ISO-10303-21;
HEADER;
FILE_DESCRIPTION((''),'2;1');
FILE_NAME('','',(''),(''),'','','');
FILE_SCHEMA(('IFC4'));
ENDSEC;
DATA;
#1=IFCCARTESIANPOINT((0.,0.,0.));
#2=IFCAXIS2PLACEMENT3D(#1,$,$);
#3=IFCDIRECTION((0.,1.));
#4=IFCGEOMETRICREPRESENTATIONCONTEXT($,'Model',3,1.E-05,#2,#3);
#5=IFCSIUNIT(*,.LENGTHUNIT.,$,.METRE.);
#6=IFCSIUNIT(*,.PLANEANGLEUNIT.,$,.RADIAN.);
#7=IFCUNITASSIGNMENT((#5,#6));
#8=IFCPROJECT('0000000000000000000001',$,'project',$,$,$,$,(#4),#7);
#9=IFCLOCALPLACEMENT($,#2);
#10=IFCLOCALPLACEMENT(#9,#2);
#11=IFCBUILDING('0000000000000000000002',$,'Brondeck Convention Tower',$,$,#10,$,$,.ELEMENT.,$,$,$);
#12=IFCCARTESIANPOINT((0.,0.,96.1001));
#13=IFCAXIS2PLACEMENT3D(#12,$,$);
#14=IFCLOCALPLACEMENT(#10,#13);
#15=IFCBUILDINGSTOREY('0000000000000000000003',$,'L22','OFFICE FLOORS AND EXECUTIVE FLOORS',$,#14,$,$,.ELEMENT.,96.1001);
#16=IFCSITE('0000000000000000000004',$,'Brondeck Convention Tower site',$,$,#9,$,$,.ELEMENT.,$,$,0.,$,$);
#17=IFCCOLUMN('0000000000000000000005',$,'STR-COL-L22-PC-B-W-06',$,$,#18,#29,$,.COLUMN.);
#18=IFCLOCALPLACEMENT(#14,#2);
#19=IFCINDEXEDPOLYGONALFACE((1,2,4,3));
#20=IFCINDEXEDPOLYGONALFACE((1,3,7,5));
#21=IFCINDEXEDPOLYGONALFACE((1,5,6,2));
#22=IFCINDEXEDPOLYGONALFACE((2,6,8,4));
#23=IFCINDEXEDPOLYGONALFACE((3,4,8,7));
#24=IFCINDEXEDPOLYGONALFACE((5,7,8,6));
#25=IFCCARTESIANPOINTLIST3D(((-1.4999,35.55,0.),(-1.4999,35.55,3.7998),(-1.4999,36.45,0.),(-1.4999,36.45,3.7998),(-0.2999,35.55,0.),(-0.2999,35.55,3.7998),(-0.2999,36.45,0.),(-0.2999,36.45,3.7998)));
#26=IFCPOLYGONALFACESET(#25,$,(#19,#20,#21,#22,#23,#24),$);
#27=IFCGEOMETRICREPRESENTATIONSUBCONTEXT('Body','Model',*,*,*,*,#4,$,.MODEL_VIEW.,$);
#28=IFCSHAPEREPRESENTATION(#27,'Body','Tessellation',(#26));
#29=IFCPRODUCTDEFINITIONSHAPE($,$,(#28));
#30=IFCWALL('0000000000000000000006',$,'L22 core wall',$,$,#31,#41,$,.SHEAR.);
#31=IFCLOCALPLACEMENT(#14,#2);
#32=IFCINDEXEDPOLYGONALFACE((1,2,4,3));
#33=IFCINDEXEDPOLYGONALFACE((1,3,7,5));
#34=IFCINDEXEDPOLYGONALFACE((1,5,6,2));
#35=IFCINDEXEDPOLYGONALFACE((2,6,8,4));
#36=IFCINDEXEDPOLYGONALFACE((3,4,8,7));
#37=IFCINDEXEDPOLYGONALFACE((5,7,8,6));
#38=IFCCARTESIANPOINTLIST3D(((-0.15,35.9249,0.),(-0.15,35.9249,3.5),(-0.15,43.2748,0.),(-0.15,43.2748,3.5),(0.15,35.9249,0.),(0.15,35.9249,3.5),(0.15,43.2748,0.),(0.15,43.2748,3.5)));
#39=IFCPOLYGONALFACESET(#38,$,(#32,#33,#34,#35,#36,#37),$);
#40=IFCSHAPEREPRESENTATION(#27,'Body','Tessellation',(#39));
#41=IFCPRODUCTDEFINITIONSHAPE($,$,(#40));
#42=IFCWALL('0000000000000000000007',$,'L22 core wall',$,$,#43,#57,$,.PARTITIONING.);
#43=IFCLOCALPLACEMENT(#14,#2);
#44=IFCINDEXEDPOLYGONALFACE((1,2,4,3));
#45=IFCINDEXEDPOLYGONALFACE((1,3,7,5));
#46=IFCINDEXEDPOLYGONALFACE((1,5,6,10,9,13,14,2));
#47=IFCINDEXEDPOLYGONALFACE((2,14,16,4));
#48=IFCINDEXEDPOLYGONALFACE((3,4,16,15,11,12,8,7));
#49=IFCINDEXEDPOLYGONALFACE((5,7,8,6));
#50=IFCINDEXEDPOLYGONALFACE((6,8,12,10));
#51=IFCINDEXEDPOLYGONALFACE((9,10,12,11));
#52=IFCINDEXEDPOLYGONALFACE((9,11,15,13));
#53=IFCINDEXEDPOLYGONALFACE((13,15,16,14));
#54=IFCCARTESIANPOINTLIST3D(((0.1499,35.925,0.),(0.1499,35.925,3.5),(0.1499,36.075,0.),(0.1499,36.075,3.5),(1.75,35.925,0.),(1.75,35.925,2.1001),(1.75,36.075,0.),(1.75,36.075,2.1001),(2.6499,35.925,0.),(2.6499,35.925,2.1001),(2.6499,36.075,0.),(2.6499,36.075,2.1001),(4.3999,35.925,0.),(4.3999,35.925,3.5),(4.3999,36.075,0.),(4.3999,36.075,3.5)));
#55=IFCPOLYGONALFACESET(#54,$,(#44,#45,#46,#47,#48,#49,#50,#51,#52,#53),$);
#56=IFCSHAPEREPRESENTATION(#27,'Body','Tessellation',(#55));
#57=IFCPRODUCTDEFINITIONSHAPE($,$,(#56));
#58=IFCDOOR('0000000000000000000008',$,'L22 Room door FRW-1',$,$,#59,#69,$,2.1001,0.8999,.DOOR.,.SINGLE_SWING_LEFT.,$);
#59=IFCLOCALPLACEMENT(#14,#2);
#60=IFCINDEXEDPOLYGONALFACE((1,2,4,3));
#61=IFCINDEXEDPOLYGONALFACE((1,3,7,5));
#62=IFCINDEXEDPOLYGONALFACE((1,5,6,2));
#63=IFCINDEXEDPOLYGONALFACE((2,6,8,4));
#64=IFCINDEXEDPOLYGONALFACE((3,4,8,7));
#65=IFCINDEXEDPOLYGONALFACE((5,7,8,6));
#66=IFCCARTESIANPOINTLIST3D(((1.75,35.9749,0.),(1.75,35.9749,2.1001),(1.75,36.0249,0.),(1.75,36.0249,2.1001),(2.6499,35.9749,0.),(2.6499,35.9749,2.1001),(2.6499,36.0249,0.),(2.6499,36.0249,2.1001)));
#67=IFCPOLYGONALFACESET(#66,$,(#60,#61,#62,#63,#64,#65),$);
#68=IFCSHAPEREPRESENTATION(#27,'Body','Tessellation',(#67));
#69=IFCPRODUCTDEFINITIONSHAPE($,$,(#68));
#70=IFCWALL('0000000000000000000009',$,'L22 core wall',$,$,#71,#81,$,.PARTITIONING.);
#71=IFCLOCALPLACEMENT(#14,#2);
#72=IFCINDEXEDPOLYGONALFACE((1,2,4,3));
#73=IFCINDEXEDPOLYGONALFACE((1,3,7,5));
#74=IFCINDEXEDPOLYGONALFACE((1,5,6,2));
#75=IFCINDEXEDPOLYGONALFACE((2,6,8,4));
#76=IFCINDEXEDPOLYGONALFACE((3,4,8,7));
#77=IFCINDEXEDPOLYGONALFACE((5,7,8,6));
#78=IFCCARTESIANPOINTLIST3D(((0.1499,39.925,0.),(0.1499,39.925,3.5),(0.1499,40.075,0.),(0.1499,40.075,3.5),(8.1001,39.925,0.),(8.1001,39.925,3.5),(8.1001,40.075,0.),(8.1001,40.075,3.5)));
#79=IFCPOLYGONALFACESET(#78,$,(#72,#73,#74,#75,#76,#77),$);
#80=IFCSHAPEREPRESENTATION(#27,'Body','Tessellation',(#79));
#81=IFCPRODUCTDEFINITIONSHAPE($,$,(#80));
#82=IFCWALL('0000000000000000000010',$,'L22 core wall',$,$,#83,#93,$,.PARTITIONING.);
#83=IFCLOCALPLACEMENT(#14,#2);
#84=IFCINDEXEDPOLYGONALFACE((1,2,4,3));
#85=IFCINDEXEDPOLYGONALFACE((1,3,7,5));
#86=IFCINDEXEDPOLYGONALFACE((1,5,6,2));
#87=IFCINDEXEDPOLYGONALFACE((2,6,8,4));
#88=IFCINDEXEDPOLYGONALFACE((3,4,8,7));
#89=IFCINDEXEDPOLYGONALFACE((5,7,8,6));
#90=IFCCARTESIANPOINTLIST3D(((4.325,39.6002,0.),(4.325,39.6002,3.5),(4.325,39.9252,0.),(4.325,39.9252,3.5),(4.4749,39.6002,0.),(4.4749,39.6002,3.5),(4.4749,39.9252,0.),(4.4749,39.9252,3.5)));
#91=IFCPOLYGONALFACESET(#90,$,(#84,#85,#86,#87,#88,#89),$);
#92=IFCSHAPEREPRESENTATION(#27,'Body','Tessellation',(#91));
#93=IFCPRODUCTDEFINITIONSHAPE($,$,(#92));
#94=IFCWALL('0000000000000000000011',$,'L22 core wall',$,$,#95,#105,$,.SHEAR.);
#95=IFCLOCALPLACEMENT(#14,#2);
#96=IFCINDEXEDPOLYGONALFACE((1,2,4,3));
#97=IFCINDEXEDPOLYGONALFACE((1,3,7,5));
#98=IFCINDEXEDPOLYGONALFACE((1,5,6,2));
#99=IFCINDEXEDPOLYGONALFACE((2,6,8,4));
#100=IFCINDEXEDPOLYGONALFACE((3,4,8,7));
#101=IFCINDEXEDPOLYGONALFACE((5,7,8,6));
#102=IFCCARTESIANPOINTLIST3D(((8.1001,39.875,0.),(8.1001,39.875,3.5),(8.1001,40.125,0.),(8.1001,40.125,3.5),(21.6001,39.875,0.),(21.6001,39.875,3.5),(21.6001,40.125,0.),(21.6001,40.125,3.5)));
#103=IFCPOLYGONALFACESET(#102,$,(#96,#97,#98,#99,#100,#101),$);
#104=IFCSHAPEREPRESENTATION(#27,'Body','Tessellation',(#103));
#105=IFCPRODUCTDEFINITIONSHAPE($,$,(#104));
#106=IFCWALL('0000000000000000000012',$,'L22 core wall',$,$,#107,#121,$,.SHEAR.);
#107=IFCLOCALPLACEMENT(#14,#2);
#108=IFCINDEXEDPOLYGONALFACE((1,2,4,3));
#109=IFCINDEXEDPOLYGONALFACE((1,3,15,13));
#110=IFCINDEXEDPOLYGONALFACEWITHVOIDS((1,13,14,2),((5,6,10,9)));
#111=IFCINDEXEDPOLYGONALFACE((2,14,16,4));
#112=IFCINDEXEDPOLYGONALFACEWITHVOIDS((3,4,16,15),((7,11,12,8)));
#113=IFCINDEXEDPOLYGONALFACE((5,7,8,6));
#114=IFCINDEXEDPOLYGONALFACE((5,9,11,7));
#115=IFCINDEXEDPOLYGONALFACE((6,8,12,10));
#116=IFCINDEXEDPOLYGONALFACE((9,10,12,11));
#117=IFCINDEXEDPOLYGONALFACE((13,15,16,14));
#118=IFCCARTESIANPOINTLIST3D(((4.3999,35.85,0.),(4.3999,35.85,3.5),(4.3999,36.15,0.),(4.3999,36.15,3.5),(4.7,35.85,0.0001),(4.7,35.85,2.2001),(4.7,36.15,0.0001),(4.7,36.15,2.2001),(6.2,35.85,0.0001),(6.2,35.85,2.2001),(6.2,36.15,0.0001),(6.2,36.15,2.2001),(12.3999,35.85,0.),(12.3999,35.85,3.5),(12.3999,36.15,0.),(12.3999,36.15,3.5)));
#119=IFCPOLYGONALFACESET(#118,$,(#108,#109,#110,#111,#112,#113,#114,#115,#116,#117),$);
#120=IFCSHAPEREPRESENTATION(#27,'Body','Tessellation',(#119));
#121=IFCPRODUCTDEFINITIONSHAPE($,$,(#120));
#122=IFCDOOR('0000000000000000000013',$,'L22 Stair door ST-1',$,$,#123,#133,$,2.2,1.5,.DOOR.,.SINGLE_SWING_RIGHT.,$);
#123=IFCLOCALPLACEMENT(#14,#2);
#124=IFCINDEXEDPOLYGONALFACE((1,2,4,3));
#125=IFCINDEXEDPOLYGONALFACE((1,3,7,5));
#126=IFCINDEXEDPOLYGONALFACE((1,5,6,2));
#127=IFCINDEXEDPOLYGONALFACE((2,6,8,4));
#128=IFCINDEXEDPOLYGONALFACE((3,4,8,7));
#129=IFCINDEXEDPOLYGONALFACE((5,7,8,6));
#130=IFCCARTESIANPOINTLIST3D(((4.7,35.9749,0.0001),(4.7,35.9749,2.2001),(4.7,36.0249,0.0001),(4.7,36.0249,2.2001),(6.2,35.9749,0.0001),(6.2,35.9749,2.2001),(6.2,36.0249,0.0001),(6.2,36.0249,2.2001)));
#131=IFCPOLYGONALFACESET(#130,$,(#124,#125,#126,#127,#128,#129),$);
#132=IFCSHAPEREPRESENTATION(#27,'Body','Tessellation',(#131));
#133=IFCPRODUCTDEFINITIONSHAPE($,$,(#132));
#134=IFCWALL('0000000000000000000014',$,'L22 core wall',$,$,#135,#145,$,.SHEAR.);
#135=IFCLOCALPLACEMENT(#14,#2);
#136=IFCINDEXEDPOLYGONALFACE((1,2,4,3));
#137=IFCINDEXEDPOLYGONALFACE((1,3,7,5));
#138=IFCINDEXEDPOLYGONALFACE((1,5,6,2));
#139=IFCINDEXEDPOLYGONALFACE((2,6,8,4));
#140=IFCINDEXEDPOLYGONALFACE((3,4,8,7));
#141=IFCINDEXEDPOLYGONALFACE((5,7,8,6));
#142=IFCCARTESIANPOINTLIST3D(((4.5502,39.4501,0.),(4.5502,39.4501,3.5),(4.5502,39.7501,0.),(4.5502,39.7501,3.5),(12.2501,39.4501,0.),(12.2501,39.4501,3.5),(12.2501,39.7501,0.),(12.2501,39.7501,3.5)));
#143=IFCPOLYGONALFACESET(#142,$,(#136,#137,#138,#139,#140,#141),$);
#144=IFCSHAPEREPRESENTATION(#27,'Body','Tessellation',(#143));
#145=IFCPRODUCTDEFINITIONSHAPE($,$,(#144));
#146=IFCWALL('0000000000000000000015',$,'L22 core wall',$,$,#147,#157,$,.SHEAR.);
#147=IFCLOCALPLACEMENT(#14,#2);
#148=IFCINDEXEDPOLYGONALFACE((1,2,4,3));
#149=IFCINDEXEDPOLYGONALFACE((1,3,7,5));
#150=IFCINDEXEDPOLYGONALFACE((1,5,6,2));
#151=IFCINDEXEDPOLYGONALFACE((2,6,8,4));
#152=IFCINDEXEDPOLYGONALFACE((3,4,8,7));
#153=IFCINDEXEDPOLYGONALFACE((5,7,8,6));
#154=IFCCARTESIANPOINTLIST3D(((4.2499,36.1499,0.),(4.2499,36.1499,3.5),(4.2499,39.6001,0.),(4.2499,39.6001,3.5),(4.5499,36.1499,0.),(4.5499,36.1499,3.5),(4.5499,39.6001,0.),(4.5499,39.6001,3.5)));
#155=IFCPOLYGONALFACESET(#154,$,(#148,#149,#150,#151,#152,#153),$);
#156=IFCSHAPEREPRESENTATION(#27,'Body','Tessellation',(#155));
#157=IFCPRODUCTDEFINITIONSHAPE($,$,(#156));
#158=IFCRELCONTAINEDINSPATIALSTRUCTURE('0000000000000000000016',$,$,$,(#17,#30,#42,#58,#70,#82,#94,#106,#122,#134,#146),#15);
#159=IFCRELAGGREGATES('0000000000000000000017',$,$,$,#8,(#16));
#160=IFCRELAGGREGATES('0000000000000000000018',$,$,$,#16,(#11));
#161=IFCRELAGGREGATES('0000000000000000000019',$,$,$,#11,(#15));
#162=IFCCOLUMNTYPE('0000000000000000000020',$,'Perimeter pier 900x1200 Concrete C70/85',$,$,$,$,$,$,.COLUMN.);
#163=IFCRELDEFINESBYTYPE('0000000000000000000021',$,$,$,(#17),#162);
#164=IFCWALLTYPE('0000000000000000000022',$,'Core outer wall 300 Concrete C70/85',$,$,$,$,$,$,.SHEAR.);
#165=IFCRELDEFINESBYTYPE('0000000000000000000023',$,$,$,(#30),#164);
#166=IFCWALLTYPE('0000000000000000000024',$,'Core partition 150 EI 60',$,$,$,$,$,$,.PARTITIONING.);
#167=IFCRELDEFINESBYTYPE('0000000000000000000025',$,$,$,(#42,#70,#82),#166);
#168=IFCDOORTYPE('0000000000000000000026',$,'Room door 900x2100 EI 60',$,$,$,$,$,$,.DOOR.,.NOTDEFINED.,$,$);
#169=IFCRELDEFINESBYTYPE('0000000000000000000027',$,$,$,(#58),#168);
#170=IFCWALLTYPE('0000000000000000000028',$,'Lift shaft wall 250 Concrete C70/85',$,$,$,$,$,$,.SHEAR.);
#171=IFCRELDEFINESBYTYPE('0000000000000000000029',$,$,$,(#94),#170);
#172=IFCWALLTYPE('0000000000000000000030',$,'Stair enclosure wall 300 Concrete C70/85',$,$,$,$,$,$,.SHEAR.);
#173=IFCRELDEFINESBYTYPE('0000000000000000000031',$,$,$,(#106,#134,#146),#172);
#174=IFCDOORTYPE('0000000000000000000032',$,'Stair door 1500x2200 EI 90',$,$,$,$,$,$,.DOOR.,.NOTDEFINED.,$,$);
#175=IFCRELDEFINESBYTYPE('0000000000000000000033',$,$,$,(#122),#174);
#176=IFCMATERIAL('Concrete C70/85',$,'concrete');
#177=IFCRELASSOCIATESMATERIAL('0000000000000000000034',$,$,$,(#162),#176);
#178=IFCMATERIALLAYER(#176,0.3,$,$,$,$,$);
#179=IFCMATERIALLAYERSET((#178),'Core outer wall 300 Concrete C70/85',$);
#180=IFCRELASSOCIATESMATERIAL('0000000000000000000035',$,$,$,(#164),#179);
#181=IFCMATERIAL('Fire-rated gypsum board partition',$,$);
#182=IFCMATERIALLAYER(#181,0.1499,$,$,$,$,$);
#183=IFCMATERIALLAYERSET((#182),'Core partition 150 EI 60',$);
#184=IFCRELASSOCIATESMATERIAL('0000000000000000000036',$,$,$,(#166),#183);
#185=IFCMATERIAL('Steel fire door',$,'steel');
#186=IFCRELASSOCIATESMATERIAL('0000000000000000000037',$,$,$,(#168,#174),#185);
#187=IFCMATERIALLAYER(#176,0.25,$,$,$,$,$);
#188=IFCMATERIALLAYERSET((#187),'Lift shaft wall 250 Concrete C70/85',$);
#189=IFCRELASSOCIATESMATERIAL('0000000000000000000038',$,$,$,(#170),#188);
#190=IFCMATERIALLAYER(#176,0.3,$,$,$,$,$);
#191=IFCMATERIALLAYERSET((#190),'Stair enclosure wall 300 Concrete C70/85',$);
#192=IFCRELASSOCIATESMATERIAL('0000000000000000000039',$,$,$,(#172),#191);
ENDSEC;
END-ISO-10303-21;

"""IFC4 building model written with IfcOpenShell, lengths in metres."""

from ifc_helpers import new_model, si_unit, direction, frame, frame_2d, origin, origin_2d, place, context, subcontext, project, spatial, rectangle, extrude, material, layer, layer_set, material_profile, profile_set, type_object, element, fill, save


model = new_model("IFC4")

# Units and contexts
model_context = context("Model", 3, precision=1e-05, world=origin(), true_north=direction((0.0, 1.0)))
body_context = subcontext(model_context, "Body", "Model", "MODEL_VIEW")
ifc_project = project(units=[si_unit("LENGTHUNIT", "METRE"), si_unit("PLANEANGLEUNIT", "RADIAN")], contexts=[model_context])

# Site, building, storey
site_placement = place(None, origin())
site = spatial("IfcSite", under=ifc_project, at=site_placement, Name="Brondeck Convention Tower site", CompositionType="ELEMENT", RefElevation=0.0)
building_placement = place(site_placement, origin())
building = spatial("IfcBuilding", under=site, at=building_placement, Name="Brondeck Convention Tower", CompositionType="ELEMENT")
storey_placement = place(building_placement, frame((0.0, 0.0, 96.1001)))
storey = spatial("IfcBuildingStorey", under=building, at=storey_placement, Name="L22", Description="OFFICE FLOORS AND EXECUTIVE FLOORS", CompositionType="ELEMENT", Elevation=96.1001)

# Column
ifc_material_1 = material(Name="Concrete C70/85", Category="concrete")
ifc_material_profile = material_profile(ifc_material_1, rectangle(XDim=0.8999, YDim=1.2, at=origin_2d()), Name="Perimeter pier 900x1200 Concrete C70/85")
ifc_profile_set = profile_set([ifc_material_profile], Name="Concrete C70/85")
column_type = type_object("IfcColumnType", Name="Perimeter pier 900x1200 Concrete C70/85", PredefinedType="COLUMN", material=ifc_profile_set)
column_placement = place(storey_placement, frame((-0.8999, 36.0, 0.0), z_axis=(0.0, 0.0, 1.0), x_axis=(0.0, -1.0, 0.0)))
element("IfcColumn", 1, at=column_placement, inside=storey, type_object=column_type, Name="STR-COL-L22-PC-B-W-06", PredefinedType="COLUMN", context=body_context, shape_type="SweptSolid", body=[
    extrude(rectangle(XDim=0.8999, YDim=1.2, at=origin_2d()), origin(), (0.0, 0.0, 1.0), 3.7998),
])

# Wall
ifc_layer_1 = layer(ifc_material_1, 0.3)
ifc_layer_set_1 = layer_set([ifc_layer_1], Name="Core outer wall 300 Concrete C70/85")
wall_type_1 = type_object("IfcWallType", Name="Core outer wall 300 Concrete C70/85", PredefinedType="SHEAR", material=ifc_layer_set_1)
wall_1_placement = place(storey_placement, frame((0.0, 35.925, 0.0), z_axis=(0.0, 0.0, 1.0), x_axis=(0.0, 1.0, 0.0)))
element("IfcWall", 2, at=wall_1_placement, inside=storey, type_object=wall_type_1, Name="L22 core wall", PredefinedType="SHEAR", context=body_context, shape_type="SweptSolid", body=[
    extrude(rectangle(XDim=7.3499, YDim=0.3, at=frame_2d((3.6748, 0.0))), origin(), (0.0, 0.0, 1.0), 3.5),
])

# Wall, opening, door
ifc_material_2 = material(Name="Fire-rated gypsum board partition")
ifc_layer_2 = layer(ifc_material_2, 0.1499)
ifc_layer_set_2 = layer_set([ifc_layer_2], Name="Core partition 150 EI 60")
wall_type_2 = type_object("IfcWallType", Name="Core partition 150 EI 60", PredefinedType="PARTITIONING", material=ifc_layer_set_2)
wall_2_placement = place(storey_placement, frame((0.1499, 36.0, 0.0), z_axis=(0.0, 0.0, 1.0), x_axis=(1.0, 0.0, 0.0)))
wall_2 = element("IfcWall", 3, at=wall_2_placement, inside=storey, type_object=wall_type_2, Name="L22 core wall", PredefinedType="PARTITIONING", context=body_context, shape_type="SweptSolid", body=[
    extrude(rectangle(XDim=4.25, YDim=0.1499, at=frame_2d((2.125, 0.0))), origin(), (0.0, 0.0, 1.0), 3.5),
])
opening_1_placement = place(wall_2_placement, frame((1.6001, 0.0, 0.0)))
opening_1 = element("IfcOpeningElement", 4, at=opening_1_placement, cuts=wall_2, PredefinedType="OPENING", context=body_context, shape_type="SweptSolid", body=[
    extrude(rectangle(XDim=0.8999, YDim=2.1001, at=frame_2d((0.45, 1.05))), frame((0.0, 0.085, 0.0), z_axis=(0.0, -1.0, 0.0), x_axis=(1.0, 0.0, 0.0)), (0.0, 0.0, 1.0), 0.1699),
])
ifc_material_3 = material(Name="Steel fire door", Category="steel")
door_type_1 = type_object("IfcDoorType", Name="Room door 900x2100 EI 60", OperationType="NOTDEFINED", PredefinedType="DOOR", material=ifc_material_3)
door_1_placement = place(opening_1_placement, origin())
door_1 = element("IfcDoor", 5, at=door_1_placement, inside=storey, type_object=door_type_1, Name="L22 Room door FRW-1", OperationType="SINGLE_SWING_LEFT", OverallHeight=2.1001, OverallWidth=0.8999, PredefinedType="DOOR", context=body_context, shape_type="SweptSolid", body=[
    extrude(rectangle(XDim=0.8999, YDim=2.1001, at=frame_2d((0.45, 1.05))), frame((0.0, 0.0249, 0.0), z_axis=(0.0, -1.0, 0.0), x_axis=(1.0, 0.0, 0.0)), (0.0, 0.0, 1.0), 0.05),
])
fill(opening_1, door_1)

# Walls
wall_3_placement = place(storey_placement, frame((0.1499, 40.0, 0.0), z_axis=(0.0, 0.0, 1.0), x_axis=(1.0, 0.0, 0.0)))
element("IfcWall", 6, at=wall_3_placement, inside=storey, type_object=wall_type_2, Name="L22 core wall", PredefinedType="PARTITIONING", context=body_context, shape_type="SweptSolid", body=[
    extrude(rectangle(XDim=7.9502, YDim=0.1499, at=frame_2d((3.9751, 0.0))), origin(), (0.0, 0.0, 1.0), 3.5),
])
wall_4_placement = place(storey_placement, frame((4.3999, 39.6001, 0.0), z_axis=(0.0, 0.0, 1.0), x_axis=(0.0, 1.0, 0.0)))
element("IfcWall", 7, at=wall_4_placement, inside=storey, type_object=wall_type_2, Name="L22 core wall", PredefinedType="PARTITIONING", context=body_context, shape_type="SweptSolid", body=[
    extrude(rectangle(XDim=0.325, YDim=0.1499, at=frame_2d((0.1626, 0.0))), origin(), (0.0, 0.0, 1.0), 3.5),
])
ifc_layer_3 = layer(ifc_material_1, 0.25)
ifc_layer_set_3 = layer_set([ifc_layer_3], Name="Lift shaft wall 250 Concrete C70/85")
wall_type_3 = type_object("IfcWallType", Name="Lift shaft wall 250 Concrete C70/85", PredefinedType="SHEAR", material=ifc_layer_set_3)
wall_5_placement = place(storey_placement, frame((8.1001, 40.0, 0.0), z_axis=(0.0, 0.0, 1.0), x_axis=(1.0, 0.0, 0.0)))
element("IfcWall", 8, at=wall_5_placement, inside=storey, type_object=wall_type_3, Name="L22 core wall", PredefinedType="SHEAR", context=body_context, shape_type="SweptSolid", body=[
    extrude(rectangle(XDim=13.5, YDim=0.25, at=frame_2d((6.75, 0.0))), origin(), (0.0, 0.0, 1.0), 3.5),
])

# Wall, opening, door
ifc_layer_4 = layer(ifc_material_1, 0.3)
ifc_layer_set_4 = layer_set([ifc_layer_4], Name="Stair enclosure wall 300 Concrete C70/85")
wall_type_4 = type_object("IfcWallType", Name="Stair enclosure wall 300 Concrete C70/85", PredefinedType="SHEAR", material=ifc_layer_set_4)
wall_6_placement = place(storey_placement, frame((4.3999, 36.0, 0.0), z_axis=(0.0, 0.0, 1.0), x_axis=(1.0, 0.0, 0.0)))
wall_6 = element("IfcWall", 9, at=wall_6_placement, inside=storey, type_object=wall_type_4, Name="L22 core wall", PredefinedType="SHEAR", context=body_context, shape_type="SweptSolid", body=[
    extrude(rectangle(XDim=8.0, YDim=0.3, at=frame_2d((4.0, 0.0))), origin(), (0.0, 0.0, 1.0), 3.5),
])
opening_2_placement = place(wall_6_placement, frame((0.3, 0.0, 0.0)))
opening_2 = element("IfcOpeningElement", 10, at=opening_2_placement, cuts=wall_6, PredefinedType="OPENING", context=body_context, shape_type="SweptSolid", body=[
    extrude(rectangle(XDim=1.5, YDim=2.2, at=frame_2d((0.75, 1.1001))), frame((0.0, 0.1599, 0.0), z_axis=(0.0, -1.0, 0.0), x_axis=(1.0, 0.0, 0.0)), (0.0, 0.0, 1.0), 0.3201),
])
door_type_2 = type_object("IfcDoorType", Name="Stair door 1500x2200 EI 90", OperationType="NOTDEFINED", PredefinedType="DOOR", material=ifc_material_3)
door_2_placement = place(opening_2_placement, origin())
door_2 = element("IfcDoor", 11, at=door_2_placement, inside=storey, type_object=door_type_2, Name="L22 Stair door ST-1", OperationType="SINGLE_SWING_RIGHT", OverallHeight=2.2, OverallWidth=1.5, PredefinedType="DOOR", context=body_context, shape_type="SweptSolid", body=[
    extrude(rectangle(XDim=1.5, YDim=2.2, at=frame_2d((0.75, 1.1001))), frame((0.0, 0.0249, 0.0), z_axis=(0.0, -1.0, 0.0), x_axis=(1.0, 0.0, 0.0)), (0.0, 0.0, 1.0), 0.05),
])
fill(opening_2, door_2)

# Walls
wall_7_placement = place(storey_placement, frame((4.55, 39.6001, 0.0), z_axis=(0.0, 0.0, 1.0), x_axis=(1.0, 0.0, 0.0)))
element("IfcWall", 12, at=wall_7_placement, inside=storey, type_object=wall_type_4, Name="L22 core wall", PredefinedType="SHEAR", context=body_context, shape_type="SweptSolid", body=[
    extrude(rectangle(XDim=7.7, YDim=0.3, at=frame_2d((3.8501, 0.0))), origin(), (0.0, 0.0, 1.0), 3.5),
])
wall_8_placement = place(storey_placement, frame((4.3999, 36.1499, 0.0), z_axis=(0.0, 0.0, 1.0), x_axis=(0.0, 1.0, 0.0)))
element("IfcWall", 13, at=wall_8_placement, inside=storey, type_object=wall_type_4, Name="L22 core wall", PredefinedType="SHEAR", context=body_context, shape_type="SweptSolid", body=[
    extrude(rectangle(XDim=3.4502, YDim=0.3, at=frame_2d((1.7251, 0.0))), origin(), (0.0, 0.0, 1.0), 3.5),
])

save(model, "model.ifc")
